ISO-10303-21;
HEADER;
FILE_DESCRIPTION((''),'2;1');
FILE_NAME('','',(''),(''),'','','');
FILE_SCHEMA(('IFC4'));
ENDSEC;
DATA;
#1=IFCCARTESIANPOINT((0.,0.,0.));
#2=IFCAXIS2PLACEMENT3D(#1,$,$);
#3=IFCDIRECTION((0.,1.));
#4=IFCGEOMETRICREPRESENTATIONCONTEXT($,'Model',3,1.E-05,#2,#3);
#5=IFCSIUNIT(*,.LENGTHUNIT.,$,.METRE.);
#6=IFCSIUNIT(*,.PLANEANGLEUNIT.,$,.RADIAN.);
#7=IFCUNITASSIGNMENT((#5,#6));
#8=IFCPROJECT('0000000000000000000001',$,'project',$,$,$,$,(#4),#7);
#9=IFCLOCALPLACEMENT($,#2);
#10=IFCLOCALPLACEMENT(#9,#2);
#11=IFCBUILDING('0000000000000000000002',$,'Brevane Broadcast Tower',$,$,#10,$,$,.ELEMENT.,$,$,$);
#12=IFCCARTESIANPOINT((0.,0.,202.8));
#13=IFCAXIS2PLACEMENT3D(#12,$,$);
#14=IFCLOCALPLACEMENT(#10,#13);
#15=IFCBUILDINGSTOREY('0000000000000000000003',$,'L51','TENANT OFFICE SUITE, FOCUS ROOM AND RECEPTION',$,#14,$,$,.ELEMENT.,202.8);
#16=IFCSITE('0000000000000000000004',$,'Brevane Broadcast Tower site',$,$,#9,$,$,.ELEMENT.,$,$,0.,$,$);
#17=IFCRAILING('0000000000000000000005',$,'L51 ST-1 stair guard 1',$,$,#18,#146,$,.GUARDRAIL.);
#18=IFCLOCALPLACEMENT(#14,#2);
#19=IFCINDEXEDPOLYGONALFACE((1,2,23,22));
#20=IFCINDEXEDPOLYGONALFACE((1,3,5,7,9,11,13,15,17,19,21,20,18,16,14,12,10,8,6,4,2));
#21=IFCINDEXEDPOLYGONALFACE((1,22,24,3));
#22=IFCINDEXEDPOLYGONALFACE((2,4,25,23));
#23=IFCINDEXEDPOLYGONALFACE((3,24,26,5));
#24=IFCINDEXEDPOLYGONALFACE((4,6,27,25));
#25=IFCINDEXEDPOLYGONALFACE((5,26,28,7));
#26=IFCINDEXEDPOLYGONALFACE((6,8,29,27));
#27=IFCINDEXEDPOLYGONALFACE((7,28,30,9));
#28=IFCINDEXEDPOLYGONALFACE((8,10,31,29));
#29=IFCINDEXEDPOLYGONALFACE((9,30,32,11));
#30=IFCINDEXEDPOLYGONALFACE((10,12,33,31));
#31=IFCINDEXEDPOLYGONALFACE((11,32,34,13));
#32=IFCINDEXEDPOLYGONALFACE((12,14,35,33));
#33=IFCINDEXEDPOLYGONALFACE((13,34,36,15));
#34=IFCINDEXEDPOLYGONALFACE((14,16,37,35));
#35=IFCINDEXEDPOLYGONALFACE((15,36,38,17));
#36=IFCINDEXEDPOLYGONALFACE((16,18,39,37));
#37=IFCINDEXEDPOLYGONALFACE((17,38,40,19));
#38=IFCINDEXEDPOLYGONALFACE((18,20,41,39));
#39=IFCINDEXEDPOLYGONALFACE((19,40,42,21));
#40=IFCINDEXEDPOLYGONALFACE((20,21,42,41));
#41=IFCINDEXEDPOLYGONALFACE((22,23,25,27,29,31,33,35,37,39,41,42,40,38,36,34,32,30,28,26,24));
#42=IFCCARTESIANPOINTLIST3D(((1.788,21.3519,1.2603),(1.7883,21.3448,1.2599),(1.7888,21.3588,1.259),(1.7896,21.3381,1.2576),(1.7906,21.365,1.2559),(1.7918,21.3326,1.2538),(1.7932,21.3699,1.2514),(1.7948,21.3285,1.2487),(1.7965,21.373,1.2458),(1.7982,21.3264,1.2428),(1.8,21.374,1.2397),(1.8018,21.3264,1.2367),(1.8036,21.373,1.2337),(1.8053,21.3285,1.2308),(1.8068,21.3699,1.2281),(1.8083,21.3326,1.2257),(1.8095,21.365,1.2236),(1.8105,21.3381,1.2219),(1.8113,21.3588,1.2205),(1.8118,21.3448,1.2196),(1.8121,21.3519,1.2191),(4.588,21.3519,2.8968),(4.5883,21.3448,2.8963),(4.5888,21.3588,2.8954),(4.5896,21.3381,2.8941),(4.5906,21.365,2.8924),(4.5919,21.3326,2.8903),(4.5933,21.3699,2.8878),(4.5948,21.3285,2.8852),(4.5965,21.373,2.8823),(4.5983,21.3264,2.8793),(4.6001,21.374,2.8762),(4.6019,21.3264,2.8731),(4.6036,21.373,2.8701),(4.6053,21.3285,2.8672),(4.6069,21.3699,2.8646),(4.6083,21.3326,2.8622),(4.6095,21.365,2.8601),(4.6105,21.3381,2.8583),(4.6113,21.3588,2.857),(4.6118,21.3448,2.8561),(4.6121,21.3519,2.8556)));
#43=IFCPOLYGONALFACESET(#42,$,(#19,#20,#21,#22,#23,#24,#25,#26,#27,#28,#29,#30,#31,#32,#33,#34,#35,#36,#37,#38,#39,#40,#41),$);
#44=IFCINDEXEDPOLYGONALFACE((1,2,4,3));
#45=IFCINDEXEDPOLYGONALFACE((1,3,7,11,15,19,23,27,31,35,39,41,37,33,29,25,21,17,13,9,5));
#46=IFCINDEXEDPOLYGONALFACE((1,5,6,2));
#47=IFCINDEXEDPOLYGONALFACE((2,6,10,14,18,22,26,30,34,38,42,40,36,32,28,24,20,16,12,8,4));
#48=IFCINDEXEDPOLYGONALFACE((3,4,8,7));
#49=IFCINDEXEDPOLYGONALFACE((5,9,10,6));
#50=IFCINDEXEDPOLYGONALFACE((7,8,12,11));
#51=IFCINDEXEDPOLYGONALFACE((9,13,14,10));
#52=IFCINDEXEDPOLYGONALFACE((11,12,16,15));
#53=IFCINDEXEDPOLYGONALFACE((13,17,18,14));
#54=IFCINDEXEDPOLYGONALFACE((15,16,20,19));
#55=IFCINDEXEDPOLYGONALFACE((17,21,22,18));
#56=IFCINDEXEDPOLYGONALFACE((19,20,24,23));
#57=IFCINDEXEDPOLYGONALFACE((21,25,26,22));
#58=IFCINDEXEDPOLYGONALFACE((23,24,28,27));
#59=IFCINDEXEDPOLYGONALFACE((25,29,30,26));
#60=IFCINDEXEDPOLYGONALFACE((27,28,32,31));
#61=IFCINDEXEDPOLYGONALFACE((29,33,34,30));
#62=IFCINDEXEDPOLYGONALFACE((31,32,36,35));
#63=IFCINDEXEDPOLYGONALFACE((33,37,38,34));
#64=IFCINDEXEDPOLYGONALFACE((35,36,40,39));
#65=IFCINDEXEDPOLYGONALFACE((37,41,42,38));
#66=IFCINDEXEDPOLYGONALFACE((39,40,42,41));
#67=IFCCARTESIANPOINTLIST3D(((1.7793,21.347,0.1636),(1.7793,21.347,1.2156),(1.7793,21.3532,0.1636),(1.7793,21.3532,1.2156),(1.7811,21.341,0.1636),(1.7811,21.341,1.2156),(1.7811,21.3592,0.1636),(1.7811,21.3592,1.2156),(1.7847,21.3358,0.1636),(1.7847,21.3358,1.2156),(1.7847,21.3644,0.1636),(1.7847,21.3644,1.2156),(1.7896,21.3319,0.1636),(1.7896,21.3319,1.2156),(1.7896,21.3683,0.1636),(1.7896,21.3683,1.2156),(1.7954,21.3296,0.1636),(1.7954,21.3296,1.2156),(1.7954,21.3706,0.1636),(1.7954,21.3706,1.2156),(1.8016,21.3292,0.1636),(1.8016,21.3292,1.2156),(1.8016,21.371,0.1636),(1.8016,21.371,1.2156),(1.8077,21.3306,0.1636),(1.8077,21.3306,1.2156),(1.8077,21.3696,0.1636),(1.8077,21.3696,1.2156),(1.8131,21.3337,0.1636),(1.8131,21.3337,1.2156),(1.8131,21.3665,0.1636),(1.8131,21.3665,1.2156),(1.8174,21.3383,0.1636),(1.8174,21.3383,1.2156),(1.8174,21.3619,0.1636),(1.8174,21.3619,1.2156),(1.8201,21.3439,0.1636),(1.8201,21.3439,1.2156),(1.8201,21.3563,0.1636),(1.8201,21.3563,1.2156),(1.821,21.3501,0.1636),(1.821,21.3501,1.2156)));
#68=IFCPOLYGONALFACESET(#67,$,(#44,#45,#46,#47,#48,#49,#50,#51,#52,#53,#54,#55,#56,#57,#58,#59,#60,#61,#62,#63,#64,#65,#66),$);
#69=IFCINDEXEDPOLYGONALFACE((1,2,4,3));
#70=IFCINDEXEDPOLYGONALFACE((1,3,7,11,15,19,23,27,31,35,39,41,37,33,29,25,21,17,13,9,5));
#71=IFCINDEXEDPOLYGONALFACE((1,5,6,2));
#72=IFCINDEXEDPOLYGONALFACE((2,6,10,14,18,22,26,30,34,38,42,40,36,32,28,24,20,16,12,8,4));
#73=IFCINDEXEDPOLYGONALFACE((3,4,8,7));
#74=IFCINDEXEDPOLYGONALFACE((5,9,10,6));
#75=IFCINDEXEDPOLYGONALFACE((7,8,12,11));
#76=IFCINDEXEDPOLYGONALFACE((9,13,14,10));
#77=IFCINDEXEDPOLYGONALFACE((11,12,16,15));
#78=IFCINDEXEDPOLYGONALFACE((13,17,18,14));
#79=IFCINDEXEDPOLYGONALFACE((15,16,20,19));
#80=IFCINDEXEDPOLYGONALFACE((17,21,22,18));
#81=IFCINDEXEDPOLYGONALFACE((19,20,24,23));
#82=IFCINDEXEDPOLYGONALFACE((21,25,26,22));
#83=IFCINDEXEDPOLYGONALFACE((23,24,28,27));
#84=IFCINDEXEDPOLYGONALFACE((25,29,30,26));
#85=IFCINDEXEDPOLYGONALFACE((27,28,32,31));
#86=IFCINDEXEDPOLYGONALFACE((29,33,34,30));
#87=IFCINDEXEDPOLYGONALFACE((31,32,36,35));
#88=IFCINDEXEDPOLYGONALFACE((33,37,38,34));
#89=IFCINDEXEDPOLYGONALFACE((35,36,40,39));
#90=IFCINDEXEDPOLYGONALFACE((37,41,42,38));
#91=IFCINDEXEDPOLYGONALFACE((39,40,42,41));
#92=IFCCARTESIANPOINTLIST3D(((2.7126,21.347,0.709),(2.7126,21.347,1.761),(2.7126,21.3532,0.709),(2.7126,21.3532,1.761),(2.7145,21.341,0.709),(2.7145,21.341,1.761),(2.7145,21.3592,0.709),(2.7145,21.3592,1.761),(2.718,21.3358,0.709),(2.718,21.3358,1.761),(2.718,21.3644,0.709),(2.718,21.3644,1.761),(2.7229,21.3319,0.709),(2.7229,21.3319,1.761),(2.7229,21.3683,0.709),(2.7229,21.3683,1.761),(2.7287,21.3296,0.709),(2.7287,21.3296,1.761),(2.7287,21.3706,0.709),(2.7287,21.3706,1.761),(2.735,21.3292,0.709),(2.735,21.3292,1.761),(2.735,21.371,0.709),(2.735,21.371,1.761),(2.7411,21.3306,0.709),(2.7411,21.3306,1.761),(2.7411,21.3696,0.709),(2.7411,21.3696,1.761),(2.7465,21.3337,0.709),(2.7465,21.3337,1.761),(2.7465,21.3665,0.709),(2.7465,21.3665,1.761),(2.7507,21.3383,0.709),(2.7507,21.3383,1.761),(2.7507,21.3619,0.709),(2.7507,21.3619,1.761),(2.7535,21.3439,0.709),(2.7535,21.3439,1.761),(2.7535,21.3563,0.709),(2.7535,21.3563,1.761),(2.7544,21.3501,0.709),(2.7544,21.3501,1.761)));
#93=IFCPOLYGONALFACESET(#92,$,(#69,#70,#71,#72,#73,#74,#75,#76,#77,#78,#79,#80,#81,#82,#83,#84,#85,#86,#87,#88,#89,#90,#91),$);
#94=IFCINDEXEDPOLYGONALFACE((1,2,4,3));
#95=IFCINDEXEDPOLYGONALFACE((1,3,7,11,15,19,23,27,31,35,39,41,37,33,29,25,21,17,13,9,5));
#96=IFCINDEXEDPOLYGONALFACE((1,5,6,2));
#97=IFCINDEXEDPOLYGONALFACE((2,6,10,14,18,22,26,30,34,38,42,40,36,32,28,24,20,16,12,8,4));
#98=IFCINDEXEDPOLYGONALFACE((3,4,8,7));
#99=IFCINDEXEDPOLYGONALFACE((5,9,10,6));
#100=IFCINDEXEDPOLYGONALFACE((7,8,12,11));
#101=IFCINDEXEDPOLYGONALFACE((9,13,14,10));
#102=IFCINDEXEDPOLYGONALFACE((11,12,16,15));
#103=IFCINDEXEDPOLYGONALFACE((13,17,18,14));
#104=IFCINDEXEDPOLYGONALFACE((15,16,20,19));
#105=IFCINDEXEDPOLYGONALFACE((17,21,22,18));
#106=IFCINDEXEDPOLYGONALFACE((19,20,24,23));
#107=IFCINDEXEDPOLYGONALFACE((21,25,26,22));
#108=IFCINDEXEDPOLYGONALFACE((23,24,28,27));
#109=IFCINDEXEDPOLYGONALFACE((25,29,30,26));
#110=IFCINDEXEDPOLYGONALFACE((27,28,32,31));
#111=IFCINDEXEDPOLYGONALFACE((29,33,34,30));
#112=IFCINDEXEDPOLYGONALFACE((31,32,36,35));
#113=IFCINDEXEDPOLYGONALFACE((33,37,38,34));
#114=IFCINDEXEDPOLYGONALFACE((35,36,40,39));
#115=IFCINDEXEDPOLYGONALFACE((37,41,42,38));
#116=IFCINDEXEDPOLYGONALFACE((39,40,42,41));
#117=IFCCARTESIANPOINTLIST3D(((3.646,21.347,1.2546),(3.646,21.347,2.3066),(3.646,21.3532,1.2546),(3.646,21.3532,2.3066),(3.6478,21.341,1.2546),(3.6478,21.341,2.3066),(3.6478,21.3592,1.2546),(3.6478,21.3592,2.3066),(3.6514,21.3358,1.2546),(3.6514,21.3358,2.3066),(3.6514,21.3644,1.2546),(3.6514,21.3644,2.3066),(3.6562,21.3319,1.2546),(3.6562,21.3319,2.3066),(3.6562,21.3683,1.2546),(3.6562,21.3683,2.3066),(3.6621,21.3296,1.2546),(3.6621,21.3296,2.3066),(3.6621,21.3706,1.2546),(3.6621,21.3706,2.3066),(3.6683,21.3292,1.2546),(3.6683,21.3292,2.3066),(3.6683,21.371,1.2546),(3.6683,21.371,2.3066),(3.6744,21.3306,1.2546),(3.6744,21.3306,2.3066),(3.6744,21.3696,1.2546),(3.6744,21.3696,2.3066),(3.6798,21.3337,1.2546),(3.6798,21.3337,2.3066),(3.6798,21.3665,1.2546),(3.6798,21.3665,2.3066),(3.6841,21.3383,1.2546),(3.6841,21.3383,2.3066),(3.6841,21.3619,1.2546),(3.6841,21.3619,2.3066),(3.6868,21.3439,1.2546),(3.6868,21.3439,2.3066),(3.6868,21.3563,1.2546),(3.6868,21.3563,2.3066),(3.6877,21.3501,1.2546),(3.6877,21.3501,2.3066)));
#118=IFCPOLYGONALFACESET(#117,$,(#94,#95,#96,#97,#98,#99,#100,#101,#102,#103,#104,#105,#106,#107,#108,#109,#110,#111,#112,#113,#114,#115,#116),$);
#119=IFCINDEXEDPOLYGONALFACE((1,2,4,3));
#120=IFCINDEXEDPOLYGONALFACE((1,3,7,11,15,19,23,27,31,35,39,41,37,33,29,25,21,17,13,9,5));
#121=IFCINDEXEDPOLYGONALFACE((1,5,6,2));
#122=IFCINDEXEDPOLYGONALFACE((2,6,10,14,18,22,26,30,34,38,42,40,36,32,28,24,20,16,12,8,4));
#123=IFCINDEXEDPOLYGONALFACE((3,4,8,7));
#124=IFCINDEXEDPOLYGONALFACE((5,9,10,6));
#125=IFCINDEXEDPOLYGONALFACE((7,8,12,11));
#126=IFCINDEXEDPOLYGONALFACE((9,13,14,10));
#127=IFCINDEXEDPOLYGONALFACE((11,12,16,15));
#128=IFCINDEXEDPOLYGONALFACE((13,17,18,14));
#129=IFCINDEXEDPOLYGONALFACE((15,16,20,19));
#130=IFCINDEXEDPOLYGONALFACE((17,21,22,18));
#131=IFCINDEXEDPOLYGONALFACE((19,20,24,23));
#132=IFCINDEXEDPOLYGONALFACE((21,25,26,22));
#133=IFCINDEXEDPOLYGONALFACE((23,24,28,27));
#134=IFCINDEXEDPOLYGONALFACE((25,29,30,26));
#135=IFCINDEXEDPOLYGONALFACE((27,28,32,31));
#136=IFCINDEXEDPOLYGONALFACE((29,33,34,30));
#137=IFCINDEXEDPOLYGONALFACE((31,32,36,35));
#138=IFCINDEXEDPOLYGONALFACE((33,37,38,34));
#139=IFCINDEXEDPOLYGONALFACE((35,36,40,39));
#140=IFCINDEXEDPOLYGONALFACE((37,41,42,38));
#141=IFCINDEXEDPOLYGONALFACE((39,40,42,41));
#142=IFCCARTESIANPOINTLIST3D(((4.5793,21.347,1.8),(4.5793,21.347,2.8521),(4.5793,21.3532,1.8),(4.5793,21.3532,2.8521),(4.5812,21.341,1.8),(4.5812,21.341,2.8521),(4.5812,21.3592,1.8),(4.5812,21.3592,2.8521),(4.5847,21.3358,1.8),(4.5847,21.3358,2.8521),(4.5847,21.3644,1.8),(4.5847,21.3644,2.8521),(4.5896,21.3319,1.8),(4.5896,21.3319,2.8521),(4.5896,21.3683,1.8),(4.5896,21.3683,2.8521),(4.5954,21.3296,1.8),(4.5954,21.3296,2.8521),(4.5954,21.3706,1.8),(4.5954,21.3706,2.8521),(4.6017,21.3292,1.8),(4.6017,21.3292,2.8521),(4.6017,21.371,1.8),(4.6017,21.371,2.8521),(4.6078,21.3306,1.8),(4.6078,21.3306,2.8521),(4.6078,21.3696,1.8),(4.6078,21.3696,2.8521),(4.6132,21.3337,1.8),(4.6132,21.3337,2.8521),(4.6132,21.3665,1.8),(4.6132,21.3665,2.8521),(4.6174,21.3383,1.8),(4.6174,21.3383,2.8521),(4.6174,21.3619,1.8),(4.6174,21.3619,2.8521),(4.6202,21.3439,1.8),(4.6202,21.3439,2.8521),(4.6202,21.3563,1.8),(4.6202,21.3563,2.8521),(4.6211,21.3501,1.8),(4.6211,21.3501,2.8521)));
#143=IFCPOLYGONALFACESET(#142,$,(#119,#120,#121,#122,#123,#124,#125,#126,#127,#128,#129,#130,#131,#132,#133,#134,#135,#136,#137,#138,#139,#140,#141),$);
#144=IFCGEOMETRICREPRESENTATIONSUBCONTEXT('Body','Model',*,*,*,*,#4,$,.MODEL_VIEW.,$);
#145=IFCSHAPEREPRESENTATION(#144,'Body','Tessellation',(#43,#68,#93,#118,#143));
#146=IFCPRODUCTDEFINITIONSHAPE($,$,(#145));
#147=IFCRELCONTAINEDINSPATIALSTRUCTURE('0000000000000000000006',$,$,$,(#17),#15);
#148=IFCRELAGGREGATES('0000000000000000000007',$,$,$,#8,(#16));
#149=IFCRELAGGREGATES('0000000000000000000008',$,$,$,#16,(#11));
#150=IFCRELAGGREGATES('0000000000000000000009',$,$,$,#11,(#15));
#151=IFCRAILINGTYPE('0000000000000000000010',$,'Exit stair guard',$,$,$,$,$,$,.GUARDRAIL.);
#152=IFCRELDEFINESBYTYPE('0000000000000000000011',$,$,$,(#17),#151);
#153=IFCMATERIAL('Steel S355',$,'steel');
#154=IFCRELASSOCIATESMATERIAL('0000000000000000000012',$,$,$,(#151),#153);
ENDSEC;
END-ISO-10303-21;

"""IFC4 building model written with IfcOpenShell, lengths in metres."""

from ifc_helpers import new_model, si_unit, direction, frame, origin, origin_2d, place, context, subcontext, project, spatial, circle, extrude, material, type_object, element, save


model = new_model("IFC4")

# Units and contexts
model_context = context("Model", 3, precision=1e-05, world=origin(), true_north=direction((0.0, 1.0)))
body_context = subcontext(model_context, "Body", "Model", "MODEL_VIEW")
ifc_project = project(units=[si_unit("LENGTHUNIT", "METRE"), si_unit("PLANEANGLEUNIT", "RADIAN")], contexts=[model_context])

# Site, building, storey
site_placement = place(None, origin())
site = spatial("IfcSite", under=ifc_project, at=site_placement, Name="Brevane Broadcast Tower site", CompositionType="ELEMENT", RefElevation=0.0)
building_placement = place(site_placement, origin())
building = spatial("IfcBuilding", under=site, at=building_placement, Name="Brevane Broadcast Tower", CompositionType="ELEMENT")
storey_placement = place(building_placement, frame((0.0, 0.0, 202.8)))
storey = spatial("IfcBuildingStorey", under=building, at=storey_placement, Name="L51", Description="TENANT OFFICE SUITE, FOCUS ROOM AND RECEPTION", CompositionType="ELEMENT", Elevation=202.8)

# Railing
ifc_material_1 = material(Name="Steel S355", Category="steel")
railing_type_1 = type_object("IfcRailingType", Name="Exit stair guard", PredefinedType="GUARDRAIL", material=ifc_material_1)
railing_1_placement = place(storey_placement, frame((1.8, 21.3501, 0.1636)))
element("IfcRailing", 1, at=railing_1_placement, inside=storey, type_object=railing_type_1, Name="L51 ST-1 stair guard 1", PredefinedType="GUARDRAIL", context=body_context, shape_type="SweptSolid", body=[
    extrude(circle(Radius=0.0239, at=origin_2d()), frame((0.0, 0.0, 1.0762), z_axis=(0.863361, 0.0, 0.504587), x_axis=(0.0, 1.0, 0.0)), (0.0, 0.0, 1.0), 3.2432),
    extrude(circle(Radius=0.021, at=origin_2d()), origin(), (0.0, 0.0, 1.0), 1.052),
    extrude(circle(Radius=0.021, at=origin_2d()), frame((0.9333, 0.0, 0.5454)), (0.0, 0.0, 1.0), 1.052),
    extrude(circle(Radius=0.021, at=origin_2d()), frame((1.8667, 0.0, 1.0911)), (0.0, 0.0, 1.0), 1.052),
    extrude(circle(Radius=0.021, at=origin_2d()), frame((2.8, 0.0, 1.6365)), (0.0, 0.0, 1.0), 1.052),
])

save(model, "model.ifc")
